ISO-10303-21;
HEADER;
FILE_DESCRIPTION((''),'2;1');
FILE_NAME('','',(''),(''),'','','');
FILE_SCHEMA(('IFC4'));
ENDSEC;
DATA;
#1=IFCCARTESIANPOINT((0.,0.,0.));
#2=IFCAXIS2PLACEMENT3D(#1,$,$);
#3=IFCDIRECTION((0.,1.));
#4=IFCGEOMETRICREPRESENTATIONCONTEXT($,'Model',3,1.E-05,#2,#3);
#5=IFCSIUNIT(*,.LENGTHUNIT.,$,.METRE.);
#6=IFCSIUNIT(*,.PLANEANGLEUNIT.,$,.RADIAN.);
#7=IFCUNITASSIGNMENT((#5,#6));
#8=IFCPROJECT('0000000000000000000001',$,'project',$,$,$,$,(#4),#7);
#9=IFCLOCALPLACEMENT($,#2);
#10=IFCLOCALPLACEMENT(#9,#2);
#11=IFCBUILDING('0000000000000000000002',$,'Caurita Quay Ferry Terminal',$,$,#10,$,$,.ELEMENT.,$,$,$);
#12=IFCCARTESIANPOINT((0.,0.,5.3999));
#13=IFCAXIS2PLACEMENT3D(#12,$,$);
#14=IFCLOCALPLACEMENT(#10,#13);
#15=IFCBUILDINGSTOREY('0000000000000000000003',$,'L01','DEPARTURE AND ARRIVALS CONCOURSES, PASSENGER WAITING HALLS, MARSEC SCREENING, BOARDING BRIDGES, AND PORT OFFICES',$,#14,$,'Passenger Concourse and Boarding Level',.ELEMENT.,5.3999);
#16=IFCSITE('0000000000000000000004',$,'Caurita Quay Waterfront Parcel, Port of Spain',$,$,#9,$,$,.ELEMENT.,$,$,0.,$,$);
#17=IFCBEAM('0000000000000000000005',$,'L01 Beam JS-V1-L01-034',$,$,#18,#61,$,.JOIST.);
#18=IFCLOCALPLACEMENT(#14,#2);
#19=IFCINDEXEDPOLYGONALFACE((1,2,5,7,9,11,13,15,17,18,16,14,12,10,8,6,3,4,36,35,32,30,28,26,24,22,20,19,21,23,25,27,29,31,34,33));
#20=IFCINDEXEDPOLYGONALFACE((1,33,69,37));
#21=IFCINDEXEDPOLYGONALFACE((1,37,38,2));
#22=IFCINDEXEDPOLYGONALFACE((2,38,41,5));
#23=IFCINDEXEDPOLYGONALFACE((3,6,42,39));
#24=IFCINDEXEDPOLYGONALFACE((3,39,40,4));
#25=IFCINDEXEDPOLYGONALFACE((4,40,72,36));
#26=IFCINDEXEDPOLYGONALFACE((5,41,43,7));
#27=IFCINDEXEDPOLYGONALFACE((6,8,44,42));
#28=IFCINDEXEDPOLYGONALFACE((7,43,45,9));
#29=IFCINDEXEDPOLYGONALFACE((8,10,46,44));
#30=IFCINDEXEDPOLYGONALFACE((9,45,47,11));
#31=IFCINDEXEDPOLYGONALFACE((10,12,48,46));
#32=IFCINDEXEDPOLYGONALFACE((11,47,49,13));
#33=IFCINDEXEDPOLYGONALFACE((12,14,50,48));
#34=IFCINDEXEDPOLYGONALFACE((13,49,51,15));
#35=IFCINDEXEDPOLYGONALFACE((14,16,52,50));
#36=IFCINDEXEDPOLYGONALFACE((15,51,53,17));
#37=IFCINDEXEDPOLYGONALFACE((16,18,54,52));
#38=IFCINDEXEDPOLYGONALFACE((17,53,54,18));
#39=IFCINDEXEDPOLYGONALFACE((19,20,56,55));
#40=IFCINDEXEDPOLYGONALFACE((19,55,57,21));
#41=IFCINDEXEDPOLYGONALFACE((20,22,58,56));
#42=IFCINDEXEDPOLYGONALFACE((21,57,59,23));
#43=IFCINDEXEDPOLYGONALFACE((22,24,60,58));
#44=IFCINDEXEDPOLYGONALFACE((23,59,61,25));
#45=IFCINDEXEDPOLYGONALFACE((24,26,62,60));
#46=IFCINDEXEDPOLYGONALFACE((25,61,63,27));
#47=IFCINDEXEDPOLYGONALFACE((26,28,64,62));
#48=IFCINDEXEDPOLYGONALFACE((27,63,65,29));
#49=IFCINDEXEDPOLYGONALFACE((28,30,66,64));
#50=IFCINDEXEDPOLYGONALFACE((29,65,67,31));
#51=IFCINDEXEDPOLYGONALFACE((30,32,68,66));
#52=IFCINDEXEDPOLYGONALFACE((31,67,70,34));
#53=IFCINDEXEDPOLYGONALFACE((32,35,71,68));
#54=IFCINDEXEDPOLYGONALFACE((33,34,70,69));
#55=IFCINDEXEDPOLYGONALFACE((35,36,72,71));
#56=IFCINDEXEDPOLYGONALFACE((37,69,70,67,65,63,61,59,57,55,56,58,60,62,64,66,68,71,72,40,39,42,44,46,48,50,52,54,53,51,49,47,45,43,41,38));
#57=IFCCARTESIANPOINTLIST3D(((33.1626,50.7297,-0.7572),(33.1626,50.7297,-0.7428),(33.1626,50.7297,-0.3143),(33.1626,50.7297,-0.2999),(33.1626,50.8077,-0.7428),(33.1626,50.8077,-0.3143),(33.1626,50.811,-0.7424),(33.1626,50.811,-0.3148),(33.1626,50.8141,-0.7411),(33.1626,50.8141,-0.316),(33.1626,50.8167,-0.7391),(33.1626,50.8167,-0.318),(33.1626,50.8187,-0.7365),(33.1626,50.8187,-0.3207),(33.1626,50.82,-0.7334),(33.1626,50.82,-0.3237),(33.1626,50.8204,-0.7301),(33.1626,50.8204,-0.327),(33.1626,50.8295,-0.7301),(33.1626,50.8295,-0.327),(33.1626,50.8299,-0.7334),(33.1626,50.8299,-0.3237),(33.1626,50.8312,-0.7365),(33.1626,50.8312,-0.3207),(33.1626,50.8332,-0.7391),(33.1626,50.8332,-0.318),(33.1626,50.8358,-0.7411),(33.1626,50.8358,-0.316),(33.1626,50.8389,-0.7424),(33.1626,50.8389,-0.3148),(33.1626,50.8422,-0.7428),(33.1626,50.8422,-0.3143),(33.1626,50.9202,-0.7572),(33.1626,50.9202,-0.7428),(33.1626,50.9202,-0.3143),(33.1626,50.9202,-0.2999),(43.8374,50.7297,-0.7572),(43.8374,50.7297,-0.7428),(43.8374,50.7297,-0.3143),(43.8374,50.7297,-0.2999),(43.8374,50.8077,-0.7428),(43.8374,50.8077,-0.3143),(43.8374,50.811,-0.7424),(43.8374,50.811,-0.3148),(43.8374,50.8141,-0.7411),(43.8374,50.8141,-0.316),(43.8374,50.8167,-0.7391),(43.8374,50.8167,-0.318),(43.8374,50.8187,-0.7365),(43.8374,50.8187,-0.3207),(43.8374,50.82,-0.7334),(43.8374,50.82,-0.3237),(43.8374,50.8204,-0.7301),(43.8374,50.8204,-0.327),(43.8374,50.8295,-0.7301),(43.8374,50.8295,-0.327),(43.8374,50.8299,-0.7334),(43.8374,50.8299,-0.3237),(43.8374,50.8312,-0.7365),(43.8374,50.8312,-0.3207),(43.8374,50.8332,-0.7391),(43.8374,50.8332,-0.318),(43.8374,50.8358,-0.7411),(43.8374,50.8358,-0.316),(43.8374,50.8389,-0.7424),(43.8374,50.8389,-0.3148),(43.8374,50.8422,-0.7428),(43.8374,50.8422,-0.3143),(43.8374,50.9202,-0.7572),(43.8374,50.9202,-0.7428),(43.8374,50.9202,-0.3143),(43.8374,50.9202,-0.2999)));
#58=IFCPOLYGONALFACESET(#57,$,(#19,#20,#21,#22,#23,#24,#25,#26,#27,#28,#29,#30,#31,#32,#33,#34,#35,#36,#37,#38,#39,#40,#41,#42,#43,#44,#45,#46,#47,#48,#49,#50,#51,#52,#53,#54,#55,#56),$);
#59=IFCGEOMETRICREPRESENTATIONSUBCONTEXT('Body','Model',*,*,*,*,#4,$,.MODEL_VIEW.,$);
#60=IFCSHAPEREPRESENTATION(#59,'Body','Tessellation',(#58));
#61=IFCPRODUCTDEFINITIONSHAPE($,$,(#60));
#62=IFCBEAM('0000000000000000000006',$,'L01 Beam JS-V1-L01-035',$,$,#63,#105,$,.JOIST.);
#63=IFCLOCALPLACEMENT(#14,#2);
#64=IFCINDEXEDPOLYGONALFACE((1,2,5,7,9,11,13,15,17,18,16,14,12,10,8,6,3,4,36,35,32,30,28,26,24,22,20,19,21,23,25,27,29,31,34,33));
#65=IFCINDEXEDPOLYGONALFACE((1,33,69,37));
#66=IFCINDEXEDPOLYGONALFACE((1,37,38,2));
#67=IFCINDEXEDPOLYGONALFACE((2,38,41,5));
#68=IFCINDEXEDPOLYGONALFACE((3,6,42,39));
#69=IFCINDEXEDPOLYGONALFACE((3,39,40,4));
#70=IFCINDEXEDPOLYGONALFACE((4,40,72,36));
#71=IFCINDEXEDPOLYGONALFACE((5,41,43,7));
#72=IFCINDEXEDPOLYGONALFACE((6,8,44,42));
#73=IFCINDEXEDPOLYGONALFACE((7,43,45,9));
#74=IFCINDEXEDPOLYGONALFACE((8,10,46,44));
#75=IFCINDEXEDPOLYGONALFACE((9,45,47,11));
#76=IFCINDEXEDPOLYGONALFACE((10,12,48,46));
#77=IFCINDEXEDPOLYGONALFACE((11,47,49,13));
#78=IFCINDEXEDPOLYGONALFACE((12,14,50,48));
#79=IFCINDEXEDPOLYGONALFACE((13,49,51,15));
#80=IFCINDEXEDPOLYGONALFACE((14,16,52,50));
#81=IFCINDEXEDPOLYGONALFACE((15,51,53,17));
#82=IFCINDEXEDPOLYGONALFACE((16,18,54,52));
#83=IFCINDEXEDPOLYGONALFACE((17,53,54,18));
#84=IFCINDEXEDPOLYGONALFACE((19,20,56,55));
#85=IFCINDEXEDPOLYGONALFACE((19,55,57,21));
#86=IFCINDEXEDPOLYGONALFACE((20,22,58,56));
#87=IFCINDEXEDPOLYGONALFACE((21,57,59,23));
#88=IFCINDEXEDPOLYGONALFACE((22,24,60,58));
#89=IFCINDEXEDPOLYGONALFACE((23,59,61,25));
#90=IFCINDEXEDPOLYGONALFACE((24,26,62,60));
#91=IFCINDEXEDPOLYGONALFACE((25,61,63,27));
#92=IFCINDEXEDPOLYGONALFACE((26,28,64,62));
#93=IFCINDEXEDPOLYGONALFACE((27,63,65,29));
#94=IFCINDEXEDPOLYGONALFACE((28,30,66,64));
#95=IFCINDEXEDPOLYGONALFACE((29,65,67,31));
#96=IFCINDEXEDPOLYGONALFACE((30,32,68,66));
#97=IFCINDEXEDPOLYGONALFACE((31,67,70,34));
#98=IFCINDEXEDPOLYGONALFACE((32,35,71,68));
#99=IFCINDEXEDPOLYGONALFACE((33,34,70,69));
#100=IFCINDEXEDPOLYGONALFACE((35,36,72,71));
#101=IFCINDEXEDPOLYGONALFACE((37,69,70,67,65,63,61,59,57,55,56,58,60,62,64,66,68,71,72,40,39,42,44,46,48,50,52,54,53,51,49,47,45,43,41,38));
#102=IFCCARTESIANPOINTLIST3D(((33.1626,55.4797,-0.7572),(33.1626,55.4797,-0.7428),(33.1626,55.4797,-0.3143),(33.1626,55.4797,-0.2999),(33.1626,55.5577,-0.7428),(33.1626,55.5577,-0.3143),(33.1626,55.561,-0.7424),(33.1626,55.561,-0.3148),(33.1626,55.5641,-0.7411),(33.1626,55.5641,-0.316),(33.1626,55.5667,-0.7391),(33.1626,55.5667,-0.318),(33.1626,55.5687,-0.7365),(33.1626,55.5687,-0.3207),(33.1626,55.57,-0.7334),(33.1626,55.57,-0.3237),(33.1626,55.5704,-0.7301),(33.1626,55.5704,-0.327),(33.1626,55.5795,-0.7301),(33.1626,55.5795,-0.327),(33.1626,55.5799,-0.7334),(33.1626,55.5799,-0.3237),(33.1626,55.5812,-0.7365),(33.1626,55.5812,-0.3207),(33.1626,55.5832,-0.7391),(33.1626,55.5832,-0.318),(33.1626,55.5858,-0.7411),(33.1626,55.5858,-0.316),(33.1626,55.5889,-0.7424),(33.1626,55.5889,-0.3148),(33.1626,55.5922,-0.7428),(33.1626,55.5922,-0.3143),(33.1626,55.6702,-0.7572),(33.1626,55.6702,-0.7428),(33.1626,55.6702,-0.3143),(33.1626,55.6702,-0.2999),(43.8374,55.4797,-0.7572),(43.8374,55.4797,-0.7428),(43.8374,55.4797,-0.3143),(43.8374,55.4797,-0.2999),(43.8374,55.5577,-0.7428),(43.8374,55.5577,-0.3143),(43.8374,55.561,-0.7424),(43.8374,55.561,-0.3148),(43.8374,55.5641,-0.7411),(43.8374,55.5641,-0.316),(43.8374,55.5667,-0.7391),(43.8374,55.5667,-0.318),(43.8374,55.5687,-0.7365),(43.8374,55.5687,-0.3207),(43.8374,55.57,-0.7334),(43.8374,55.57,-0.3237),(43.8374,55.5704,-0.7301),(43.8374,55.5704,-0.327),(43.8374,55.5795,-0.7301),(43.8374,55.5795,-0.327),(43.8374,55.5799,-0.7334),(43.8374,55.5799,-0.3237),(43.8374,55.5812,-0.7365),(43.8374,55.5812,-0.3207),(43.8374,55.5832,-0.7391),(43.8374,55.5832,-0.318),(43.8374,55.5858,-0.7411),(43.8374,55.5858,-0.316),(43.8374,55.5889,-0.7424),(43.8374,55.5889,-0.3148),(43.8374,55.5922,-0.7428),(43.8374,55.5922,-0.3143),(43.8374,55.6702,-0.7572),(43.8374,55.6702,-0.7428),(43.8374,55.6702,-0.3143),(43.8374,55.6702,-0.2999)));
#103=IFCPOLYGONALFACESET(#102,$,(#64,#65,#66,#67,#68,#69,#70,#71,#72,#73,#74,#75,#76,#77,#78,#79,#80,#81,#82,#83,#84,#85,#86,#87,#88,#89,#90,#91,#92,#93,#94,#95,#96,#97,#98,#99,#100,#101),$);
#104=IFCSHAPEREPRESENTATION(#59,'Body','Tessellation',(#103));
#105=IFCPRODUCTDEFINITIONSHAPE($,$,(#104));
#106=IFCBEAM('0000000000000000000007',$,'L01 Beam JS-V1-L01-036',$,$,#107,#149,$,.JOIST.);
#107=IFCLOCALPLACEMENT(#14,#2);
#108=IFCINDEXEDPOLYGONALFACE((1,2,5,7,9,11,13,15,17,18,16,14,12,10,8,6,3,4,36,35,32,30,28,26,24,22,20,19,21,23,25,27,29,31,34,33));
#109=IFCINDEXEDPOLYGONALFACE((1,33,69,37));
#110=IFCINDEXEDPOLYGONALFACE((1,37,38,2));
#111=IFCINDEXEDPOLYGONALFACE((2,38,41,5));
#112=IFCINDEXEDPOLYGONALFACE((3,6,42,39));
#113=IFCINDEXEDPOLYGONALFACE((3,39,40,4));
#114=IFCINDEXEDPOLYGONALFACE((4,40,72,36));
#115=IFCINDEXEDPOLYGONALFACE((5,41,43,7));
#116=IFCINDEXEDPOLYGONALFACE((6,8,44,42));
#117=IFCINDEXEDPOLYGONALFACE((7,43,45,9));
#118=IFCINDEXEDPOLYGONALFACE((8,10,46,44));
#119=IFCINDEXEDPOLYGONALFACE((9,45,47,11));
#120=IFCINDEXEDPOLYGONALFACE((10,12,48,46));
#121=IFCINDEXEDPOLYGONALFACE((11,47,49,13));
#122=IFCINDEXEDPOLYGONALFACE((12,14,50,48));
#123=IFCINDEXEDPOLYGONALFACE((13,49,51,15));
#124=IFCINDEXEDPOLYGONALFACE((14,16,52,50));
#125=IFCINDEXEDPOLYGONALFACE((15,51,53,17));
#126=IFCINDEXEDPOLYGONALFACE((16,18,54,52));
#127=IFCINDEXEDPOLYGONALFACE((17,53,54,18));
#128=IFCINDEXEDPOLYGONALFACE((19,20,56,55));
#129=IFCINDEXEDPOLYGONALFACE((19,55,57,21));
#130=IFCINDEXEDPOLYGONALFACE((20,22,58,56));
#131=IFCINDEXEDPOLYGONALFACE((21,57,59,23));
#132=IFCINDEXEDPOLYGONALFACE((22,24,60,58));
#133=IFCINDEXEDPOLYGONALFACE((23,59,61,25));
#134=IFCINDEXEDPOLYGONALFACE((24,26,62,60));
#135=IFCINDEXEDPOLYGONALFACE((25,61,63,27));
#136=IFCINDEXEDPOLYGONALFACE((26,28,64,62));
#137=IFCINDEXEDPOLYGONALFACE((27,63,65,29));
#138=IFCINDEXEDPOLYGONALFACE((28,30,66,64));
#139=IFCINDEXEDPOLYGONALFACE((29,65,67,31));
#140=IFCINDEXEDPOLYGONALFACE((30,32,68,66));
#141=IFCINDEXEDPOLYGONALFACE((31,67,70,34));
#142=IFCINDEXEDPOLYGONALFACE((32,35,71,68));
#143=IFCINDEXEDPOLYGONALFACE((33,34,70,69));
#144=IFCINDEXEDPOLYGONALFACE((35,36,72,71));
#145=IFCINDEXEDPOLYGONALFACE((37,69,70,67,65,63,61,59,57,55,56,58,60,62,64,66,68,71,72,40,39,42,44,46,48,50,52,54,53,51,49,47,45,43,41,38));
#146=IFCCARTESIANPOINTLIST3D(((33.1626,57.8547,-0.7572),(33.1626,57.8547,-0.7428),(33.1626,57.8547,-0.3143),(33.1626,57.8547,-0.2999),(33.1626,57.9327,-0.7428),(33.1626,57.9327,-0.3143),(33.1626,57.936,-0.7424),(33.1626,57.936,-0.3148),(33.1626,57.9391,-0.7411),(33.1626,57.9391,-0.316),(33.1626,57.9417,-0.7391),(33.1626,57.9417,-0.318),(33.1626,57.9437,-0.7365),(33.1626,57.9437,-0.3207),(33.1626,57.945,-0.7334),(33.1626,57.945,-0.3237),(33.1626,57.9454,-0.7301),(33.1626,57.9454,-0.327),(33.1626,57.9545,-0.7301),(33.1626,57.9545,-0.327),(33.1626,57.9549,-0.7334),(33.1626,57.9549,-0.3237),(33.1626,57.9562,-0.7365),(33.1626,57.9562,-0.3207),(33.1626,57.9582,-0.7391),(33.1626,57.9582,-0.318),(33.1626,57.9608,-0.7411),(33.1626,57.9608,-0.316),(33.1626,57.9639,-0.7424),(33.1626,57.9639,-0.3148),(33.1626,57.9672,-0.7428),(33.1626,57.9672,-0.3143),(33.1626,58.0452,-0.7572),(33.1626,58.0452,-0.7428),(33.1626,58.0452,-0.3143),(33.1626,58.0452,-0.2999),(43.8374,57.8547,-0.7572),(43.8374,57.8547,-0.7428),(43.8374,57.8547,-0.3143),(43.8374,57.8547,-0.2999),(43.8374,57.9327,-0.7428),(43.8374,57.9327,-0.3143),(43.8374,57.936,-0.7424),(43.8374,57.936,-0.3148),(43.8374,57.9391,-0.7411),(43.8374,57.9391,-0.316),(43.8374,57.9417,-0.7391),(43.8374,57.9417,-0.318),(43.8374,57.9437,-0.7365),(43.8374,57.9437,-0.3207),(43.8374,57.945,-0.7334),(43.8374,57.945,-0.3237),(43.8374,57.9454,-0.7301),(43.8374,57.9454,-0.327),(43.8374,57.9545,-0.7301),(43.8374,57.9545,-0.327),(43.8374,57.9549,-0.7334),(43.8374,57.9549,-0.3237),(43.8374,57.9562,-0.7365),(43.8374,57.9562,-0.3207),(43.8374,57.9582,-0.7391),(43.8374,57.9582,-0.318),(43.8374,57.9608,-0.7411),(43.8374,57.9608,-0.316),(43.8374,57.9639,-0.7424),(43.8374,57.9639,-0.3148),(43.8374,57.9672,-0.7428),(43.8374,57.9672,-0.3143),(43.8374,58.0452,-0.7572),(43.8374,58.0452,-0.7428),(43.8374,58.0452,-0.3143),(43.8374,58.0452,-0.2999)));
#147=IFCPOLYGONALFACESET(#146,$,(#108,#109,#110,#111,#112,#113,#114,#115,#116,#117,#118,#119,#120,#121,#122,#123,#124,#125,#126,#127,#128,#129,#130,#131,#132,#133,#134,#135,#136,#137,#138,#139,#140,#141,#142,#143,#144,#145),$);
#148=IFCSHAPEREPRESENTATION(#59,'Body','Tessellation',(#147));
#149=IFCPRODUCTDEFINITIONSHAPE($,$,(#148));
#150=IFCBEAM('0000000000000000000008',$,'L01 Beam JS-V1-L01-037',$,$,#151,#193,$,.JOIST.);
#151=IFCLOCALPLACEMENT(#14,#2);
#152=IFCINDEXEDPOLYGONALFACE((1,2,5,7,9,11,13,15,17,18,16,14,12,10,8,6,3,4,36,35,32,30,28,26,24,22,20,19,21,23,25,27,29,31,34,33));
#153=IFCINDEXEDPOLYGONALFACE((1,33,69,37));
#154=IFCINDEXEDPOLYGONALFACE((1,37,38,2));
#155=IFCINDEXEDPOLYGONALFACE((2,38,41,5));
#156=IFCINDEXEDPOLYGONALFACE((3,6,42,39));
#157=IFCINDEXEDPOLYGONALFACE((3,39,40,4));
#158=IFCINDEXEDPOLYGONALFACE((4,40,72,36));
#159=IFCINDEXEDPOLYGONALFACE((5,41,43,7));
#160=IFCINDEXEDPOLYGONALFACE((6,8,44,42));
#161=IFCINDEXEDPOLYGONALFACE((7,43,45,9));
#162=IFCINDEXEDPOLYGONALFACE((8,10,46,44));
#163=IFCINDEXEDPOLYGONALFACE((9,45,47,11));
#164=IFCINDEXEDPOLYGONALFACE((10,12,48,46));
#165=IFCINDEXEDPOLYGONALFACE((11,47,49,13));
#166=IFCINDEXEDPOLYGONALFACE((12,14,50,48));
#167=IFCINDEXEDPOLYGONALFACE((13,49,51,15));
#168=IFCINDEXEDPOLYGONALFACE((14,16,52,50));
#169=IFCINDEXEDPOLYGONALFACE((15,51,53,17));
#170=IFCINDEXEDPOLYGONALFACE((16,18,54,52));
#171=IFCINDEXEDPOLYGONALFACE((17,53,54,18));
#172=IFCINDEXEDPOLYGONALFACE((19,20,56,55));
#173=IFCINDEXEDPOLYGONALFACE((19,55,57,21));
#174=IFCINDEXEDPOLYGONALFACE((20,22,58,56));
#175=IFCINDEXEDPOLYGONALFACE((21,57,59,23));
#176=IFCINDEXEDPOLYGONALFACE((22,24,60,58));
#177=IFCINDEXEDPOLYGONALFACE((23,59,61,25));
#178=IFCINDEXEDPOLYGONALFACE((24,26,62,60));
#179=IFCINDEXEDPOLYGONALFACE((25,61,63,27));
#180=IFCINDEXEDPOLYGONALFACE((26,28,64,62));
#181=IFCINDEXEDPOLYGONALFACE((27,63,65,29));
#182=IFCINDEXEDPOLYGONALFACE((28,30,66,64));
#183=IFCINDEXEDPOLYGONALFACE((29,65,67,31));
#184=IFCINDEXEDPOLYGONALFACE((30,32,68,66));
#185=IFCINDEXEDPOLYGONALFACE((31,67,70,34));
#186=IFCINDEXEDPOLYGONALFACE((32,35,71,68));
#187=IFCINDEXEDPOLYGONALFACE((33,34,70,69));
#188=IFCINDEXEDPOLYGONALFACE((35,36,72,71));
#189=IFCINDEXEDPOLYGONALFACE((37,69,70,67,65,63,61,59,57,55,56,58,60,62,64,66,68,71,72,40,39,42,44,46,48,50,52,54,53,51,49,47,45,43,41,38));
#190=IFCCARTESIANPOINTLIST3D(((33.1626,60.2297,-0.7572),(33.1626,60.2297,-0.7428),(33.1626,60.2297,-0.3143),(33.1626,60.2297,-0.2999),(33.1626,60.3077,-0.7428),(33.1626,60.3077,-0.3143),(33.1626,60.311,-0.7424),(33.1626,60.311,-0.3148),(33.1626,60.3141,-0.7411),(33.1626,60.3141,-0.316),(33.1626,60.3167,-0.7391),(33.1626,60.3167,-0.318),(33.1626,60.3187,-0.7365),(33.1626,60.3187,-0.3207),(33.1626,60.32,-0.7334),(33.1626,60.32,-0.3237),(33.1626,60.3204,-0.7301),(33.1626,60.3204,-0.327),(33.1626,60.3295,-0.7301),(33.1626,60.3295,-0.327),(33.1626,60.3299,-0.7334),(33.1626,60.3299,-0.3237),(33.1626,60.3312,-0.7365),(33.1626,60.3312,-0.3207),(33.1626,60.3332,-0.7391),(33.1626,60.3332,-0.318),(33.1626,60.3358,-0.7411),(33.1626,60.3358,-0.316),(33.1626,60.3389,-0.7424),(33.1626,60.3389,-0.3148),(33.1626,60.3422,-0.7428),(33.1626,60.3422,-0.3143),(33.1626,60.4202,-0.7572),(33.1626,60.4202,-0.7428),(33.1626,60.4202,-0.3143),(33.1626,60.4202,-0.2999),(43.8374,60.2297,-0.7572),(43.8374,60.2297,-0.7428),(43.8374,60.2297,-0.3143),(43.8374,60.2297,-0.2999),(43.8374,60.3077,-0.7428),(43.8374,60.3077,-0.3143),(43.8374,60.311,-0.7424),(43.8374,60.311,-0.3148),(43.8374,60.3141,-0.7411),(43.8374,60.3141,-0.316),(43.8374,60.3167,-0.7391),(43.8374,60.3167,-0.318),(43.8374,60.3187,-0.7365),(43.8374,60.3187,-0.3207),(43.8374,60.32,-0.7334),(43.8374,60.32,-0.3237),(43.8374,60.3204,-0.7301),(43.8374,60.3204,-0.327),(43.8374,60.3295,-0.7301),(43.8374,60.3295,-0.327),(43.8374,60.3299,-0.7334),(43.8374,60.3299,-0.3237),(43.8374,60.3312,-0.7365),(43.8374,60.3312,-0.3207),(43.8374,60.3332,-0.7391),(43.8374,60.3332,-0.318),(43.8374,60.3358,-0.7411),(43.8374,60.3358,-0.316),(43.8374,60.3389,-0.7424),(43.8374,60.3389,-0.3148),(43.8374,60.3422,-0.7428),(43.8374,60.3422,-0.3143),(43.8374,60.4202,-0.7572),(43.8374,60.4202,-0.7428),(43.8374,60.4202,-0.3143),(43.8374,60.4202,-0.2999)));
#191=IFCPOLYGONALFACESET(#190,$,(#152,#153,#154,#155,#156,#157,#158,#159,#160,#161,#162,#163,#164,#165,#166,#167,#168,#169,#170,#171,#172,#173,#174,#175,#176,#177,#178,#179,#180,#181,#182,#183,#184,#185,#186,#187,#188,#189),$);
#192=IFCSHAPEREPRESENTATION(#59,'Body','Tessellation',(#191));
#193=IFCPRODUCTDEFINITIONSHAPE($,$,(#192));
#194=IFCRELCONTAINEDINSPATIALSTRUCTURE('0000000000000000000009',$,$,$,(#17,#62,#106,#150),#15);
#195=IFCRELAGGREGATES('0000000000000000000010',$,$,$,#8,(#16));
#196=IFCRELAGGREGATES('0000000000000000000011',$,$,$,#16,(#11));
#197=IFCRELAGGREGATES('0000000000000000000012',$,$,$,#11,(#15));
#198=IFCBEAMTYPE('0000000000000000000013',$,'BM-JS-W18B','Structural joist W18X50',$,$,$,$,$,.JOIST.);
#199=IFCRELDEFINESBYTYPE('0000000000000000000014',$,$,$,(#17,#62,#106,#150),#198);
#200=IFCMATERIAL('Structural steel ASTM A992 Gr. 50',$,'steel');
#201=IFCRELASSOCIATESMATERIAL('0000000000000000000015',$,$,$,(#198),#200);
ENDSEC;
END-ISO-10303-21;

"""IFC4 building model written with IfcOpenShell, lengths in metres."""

from ifc_helpers import new_model, si_unit, direction, frame, origin, origin_2d, place, context, subcontext, project, spatial, i_section, extrude, material, material_profile, profile_set, type_object, element, save


model = new_model("IFC4")

# Units and contexts
model_context = context("Model", 3, precision=1e-05, world=origin(), true_north=direction((0.0, 1.0)))
body_context = subcontext(model_context, "Body", "Model", "MODEL_VIEW")
ifc_project = project(units=[si_unit("LENGTHUNIT", "METRE"), si_unit("PLANEANGLEUNIT", "RADIAN")], contexts=[model_context])

# Site, building, storey
site_placement = place(None, origin())
site = spatial("IfcSite", under=ifc_project, at=site_placement, Name="Caurita Quay Waterfront Parcel, Port of Spain", CompositionType="ELEMENT", RefElevation=0.0)
building_placement = place(site_placement, origin())
building = spatial("IfcBuilding", under=site, at=building_placement, Name="Caurita Quay Ferry Terminal", CompositionType="ELEMENT")
storey_placement = place(building_placement, frame((0.0, 0.0, 5.3999)))
storey = spatial("IfcBuildingStorey", under=building, at=storey_placement, Name="L01", Description="DEPARTURE AND ARRIVALS CONCOURSES, PASSENGER WAITING HALLS, MARSEC SCREENING, BOARDING BRIDGES, AND PORT OFFICES", LongName="Passenger Concourse and Boarding Level", CompositionType="ELEMENT", Elevation=5.3999)

# Beams
ifc_material_1 = material(Name="Structural steel ASTM A992 Gr. 50", Category="steel")
ifc_material_profile_1 = material_profile(ifc_material_1, i_section(OverallWidth=0.1904, OverallDepth=0.4573, WebThickness=0.009, FlangeThickness=0.0144, FilletRadius=0.0127, at=origin_2d()), Name="W18X50")
ifc_profile_set_1 = profile_set([ifc_material_profile_1], Name="Structural steel ASTM A992 Gr. 50")
beam_type_1 = type_object("IfcBeamType", Name="BM-JS-W18B", Description="Structural joist W18X50", PredefinedType="JOIST", material=ifc_profile_set_1)
for number, where, z_axis, x_axis, name in (
    (1, (33.1626, 50.825, -0.5286), (1.0, 0.0, 0.0), (0.0, 1.0, 0.0), "L01 Beam JS-V1-L01-034"),
    (2, (33.1626, 55.575, -0.5286), (1.0, 0.0, 0.0), (0.0, 1.0, 0.0), "L01 Beam JS-V1-L01-035"),
    (3, (33.1626, 57.95, -0.5286), (1.0, 0.0, 0.0), (0.0, 1.0, 0.0), "L01 Beam JS-V1-L01-036"),
    (4, (33.1626, 60.325, -0.5286), (1.0, 0.0, 0.0), (0.0, 1.0, 0.0), "L01 Beam JS-V1-L01-037"),
):
    element("IfcBeam", number, at=place(storey_placement, frame(where, z_axis=z_axis, x_axis=x_axis)), inside=storey, type_object=beam_type_1, Name=name, PredefinedType="JOIST", context=body_context, shape_type="SweptSolid", body=[
        extrude(i_section(OverallWidth=0.1904, OverallDepth=0.4573, WebThickness=0.009, FlangeThickness=0.0144, FilletRadius=0.0127, at=origin_2d()), origin(), (0.0, 0.0, 1.0), 10.6748),
    ])

save(model, "model.ifc")
